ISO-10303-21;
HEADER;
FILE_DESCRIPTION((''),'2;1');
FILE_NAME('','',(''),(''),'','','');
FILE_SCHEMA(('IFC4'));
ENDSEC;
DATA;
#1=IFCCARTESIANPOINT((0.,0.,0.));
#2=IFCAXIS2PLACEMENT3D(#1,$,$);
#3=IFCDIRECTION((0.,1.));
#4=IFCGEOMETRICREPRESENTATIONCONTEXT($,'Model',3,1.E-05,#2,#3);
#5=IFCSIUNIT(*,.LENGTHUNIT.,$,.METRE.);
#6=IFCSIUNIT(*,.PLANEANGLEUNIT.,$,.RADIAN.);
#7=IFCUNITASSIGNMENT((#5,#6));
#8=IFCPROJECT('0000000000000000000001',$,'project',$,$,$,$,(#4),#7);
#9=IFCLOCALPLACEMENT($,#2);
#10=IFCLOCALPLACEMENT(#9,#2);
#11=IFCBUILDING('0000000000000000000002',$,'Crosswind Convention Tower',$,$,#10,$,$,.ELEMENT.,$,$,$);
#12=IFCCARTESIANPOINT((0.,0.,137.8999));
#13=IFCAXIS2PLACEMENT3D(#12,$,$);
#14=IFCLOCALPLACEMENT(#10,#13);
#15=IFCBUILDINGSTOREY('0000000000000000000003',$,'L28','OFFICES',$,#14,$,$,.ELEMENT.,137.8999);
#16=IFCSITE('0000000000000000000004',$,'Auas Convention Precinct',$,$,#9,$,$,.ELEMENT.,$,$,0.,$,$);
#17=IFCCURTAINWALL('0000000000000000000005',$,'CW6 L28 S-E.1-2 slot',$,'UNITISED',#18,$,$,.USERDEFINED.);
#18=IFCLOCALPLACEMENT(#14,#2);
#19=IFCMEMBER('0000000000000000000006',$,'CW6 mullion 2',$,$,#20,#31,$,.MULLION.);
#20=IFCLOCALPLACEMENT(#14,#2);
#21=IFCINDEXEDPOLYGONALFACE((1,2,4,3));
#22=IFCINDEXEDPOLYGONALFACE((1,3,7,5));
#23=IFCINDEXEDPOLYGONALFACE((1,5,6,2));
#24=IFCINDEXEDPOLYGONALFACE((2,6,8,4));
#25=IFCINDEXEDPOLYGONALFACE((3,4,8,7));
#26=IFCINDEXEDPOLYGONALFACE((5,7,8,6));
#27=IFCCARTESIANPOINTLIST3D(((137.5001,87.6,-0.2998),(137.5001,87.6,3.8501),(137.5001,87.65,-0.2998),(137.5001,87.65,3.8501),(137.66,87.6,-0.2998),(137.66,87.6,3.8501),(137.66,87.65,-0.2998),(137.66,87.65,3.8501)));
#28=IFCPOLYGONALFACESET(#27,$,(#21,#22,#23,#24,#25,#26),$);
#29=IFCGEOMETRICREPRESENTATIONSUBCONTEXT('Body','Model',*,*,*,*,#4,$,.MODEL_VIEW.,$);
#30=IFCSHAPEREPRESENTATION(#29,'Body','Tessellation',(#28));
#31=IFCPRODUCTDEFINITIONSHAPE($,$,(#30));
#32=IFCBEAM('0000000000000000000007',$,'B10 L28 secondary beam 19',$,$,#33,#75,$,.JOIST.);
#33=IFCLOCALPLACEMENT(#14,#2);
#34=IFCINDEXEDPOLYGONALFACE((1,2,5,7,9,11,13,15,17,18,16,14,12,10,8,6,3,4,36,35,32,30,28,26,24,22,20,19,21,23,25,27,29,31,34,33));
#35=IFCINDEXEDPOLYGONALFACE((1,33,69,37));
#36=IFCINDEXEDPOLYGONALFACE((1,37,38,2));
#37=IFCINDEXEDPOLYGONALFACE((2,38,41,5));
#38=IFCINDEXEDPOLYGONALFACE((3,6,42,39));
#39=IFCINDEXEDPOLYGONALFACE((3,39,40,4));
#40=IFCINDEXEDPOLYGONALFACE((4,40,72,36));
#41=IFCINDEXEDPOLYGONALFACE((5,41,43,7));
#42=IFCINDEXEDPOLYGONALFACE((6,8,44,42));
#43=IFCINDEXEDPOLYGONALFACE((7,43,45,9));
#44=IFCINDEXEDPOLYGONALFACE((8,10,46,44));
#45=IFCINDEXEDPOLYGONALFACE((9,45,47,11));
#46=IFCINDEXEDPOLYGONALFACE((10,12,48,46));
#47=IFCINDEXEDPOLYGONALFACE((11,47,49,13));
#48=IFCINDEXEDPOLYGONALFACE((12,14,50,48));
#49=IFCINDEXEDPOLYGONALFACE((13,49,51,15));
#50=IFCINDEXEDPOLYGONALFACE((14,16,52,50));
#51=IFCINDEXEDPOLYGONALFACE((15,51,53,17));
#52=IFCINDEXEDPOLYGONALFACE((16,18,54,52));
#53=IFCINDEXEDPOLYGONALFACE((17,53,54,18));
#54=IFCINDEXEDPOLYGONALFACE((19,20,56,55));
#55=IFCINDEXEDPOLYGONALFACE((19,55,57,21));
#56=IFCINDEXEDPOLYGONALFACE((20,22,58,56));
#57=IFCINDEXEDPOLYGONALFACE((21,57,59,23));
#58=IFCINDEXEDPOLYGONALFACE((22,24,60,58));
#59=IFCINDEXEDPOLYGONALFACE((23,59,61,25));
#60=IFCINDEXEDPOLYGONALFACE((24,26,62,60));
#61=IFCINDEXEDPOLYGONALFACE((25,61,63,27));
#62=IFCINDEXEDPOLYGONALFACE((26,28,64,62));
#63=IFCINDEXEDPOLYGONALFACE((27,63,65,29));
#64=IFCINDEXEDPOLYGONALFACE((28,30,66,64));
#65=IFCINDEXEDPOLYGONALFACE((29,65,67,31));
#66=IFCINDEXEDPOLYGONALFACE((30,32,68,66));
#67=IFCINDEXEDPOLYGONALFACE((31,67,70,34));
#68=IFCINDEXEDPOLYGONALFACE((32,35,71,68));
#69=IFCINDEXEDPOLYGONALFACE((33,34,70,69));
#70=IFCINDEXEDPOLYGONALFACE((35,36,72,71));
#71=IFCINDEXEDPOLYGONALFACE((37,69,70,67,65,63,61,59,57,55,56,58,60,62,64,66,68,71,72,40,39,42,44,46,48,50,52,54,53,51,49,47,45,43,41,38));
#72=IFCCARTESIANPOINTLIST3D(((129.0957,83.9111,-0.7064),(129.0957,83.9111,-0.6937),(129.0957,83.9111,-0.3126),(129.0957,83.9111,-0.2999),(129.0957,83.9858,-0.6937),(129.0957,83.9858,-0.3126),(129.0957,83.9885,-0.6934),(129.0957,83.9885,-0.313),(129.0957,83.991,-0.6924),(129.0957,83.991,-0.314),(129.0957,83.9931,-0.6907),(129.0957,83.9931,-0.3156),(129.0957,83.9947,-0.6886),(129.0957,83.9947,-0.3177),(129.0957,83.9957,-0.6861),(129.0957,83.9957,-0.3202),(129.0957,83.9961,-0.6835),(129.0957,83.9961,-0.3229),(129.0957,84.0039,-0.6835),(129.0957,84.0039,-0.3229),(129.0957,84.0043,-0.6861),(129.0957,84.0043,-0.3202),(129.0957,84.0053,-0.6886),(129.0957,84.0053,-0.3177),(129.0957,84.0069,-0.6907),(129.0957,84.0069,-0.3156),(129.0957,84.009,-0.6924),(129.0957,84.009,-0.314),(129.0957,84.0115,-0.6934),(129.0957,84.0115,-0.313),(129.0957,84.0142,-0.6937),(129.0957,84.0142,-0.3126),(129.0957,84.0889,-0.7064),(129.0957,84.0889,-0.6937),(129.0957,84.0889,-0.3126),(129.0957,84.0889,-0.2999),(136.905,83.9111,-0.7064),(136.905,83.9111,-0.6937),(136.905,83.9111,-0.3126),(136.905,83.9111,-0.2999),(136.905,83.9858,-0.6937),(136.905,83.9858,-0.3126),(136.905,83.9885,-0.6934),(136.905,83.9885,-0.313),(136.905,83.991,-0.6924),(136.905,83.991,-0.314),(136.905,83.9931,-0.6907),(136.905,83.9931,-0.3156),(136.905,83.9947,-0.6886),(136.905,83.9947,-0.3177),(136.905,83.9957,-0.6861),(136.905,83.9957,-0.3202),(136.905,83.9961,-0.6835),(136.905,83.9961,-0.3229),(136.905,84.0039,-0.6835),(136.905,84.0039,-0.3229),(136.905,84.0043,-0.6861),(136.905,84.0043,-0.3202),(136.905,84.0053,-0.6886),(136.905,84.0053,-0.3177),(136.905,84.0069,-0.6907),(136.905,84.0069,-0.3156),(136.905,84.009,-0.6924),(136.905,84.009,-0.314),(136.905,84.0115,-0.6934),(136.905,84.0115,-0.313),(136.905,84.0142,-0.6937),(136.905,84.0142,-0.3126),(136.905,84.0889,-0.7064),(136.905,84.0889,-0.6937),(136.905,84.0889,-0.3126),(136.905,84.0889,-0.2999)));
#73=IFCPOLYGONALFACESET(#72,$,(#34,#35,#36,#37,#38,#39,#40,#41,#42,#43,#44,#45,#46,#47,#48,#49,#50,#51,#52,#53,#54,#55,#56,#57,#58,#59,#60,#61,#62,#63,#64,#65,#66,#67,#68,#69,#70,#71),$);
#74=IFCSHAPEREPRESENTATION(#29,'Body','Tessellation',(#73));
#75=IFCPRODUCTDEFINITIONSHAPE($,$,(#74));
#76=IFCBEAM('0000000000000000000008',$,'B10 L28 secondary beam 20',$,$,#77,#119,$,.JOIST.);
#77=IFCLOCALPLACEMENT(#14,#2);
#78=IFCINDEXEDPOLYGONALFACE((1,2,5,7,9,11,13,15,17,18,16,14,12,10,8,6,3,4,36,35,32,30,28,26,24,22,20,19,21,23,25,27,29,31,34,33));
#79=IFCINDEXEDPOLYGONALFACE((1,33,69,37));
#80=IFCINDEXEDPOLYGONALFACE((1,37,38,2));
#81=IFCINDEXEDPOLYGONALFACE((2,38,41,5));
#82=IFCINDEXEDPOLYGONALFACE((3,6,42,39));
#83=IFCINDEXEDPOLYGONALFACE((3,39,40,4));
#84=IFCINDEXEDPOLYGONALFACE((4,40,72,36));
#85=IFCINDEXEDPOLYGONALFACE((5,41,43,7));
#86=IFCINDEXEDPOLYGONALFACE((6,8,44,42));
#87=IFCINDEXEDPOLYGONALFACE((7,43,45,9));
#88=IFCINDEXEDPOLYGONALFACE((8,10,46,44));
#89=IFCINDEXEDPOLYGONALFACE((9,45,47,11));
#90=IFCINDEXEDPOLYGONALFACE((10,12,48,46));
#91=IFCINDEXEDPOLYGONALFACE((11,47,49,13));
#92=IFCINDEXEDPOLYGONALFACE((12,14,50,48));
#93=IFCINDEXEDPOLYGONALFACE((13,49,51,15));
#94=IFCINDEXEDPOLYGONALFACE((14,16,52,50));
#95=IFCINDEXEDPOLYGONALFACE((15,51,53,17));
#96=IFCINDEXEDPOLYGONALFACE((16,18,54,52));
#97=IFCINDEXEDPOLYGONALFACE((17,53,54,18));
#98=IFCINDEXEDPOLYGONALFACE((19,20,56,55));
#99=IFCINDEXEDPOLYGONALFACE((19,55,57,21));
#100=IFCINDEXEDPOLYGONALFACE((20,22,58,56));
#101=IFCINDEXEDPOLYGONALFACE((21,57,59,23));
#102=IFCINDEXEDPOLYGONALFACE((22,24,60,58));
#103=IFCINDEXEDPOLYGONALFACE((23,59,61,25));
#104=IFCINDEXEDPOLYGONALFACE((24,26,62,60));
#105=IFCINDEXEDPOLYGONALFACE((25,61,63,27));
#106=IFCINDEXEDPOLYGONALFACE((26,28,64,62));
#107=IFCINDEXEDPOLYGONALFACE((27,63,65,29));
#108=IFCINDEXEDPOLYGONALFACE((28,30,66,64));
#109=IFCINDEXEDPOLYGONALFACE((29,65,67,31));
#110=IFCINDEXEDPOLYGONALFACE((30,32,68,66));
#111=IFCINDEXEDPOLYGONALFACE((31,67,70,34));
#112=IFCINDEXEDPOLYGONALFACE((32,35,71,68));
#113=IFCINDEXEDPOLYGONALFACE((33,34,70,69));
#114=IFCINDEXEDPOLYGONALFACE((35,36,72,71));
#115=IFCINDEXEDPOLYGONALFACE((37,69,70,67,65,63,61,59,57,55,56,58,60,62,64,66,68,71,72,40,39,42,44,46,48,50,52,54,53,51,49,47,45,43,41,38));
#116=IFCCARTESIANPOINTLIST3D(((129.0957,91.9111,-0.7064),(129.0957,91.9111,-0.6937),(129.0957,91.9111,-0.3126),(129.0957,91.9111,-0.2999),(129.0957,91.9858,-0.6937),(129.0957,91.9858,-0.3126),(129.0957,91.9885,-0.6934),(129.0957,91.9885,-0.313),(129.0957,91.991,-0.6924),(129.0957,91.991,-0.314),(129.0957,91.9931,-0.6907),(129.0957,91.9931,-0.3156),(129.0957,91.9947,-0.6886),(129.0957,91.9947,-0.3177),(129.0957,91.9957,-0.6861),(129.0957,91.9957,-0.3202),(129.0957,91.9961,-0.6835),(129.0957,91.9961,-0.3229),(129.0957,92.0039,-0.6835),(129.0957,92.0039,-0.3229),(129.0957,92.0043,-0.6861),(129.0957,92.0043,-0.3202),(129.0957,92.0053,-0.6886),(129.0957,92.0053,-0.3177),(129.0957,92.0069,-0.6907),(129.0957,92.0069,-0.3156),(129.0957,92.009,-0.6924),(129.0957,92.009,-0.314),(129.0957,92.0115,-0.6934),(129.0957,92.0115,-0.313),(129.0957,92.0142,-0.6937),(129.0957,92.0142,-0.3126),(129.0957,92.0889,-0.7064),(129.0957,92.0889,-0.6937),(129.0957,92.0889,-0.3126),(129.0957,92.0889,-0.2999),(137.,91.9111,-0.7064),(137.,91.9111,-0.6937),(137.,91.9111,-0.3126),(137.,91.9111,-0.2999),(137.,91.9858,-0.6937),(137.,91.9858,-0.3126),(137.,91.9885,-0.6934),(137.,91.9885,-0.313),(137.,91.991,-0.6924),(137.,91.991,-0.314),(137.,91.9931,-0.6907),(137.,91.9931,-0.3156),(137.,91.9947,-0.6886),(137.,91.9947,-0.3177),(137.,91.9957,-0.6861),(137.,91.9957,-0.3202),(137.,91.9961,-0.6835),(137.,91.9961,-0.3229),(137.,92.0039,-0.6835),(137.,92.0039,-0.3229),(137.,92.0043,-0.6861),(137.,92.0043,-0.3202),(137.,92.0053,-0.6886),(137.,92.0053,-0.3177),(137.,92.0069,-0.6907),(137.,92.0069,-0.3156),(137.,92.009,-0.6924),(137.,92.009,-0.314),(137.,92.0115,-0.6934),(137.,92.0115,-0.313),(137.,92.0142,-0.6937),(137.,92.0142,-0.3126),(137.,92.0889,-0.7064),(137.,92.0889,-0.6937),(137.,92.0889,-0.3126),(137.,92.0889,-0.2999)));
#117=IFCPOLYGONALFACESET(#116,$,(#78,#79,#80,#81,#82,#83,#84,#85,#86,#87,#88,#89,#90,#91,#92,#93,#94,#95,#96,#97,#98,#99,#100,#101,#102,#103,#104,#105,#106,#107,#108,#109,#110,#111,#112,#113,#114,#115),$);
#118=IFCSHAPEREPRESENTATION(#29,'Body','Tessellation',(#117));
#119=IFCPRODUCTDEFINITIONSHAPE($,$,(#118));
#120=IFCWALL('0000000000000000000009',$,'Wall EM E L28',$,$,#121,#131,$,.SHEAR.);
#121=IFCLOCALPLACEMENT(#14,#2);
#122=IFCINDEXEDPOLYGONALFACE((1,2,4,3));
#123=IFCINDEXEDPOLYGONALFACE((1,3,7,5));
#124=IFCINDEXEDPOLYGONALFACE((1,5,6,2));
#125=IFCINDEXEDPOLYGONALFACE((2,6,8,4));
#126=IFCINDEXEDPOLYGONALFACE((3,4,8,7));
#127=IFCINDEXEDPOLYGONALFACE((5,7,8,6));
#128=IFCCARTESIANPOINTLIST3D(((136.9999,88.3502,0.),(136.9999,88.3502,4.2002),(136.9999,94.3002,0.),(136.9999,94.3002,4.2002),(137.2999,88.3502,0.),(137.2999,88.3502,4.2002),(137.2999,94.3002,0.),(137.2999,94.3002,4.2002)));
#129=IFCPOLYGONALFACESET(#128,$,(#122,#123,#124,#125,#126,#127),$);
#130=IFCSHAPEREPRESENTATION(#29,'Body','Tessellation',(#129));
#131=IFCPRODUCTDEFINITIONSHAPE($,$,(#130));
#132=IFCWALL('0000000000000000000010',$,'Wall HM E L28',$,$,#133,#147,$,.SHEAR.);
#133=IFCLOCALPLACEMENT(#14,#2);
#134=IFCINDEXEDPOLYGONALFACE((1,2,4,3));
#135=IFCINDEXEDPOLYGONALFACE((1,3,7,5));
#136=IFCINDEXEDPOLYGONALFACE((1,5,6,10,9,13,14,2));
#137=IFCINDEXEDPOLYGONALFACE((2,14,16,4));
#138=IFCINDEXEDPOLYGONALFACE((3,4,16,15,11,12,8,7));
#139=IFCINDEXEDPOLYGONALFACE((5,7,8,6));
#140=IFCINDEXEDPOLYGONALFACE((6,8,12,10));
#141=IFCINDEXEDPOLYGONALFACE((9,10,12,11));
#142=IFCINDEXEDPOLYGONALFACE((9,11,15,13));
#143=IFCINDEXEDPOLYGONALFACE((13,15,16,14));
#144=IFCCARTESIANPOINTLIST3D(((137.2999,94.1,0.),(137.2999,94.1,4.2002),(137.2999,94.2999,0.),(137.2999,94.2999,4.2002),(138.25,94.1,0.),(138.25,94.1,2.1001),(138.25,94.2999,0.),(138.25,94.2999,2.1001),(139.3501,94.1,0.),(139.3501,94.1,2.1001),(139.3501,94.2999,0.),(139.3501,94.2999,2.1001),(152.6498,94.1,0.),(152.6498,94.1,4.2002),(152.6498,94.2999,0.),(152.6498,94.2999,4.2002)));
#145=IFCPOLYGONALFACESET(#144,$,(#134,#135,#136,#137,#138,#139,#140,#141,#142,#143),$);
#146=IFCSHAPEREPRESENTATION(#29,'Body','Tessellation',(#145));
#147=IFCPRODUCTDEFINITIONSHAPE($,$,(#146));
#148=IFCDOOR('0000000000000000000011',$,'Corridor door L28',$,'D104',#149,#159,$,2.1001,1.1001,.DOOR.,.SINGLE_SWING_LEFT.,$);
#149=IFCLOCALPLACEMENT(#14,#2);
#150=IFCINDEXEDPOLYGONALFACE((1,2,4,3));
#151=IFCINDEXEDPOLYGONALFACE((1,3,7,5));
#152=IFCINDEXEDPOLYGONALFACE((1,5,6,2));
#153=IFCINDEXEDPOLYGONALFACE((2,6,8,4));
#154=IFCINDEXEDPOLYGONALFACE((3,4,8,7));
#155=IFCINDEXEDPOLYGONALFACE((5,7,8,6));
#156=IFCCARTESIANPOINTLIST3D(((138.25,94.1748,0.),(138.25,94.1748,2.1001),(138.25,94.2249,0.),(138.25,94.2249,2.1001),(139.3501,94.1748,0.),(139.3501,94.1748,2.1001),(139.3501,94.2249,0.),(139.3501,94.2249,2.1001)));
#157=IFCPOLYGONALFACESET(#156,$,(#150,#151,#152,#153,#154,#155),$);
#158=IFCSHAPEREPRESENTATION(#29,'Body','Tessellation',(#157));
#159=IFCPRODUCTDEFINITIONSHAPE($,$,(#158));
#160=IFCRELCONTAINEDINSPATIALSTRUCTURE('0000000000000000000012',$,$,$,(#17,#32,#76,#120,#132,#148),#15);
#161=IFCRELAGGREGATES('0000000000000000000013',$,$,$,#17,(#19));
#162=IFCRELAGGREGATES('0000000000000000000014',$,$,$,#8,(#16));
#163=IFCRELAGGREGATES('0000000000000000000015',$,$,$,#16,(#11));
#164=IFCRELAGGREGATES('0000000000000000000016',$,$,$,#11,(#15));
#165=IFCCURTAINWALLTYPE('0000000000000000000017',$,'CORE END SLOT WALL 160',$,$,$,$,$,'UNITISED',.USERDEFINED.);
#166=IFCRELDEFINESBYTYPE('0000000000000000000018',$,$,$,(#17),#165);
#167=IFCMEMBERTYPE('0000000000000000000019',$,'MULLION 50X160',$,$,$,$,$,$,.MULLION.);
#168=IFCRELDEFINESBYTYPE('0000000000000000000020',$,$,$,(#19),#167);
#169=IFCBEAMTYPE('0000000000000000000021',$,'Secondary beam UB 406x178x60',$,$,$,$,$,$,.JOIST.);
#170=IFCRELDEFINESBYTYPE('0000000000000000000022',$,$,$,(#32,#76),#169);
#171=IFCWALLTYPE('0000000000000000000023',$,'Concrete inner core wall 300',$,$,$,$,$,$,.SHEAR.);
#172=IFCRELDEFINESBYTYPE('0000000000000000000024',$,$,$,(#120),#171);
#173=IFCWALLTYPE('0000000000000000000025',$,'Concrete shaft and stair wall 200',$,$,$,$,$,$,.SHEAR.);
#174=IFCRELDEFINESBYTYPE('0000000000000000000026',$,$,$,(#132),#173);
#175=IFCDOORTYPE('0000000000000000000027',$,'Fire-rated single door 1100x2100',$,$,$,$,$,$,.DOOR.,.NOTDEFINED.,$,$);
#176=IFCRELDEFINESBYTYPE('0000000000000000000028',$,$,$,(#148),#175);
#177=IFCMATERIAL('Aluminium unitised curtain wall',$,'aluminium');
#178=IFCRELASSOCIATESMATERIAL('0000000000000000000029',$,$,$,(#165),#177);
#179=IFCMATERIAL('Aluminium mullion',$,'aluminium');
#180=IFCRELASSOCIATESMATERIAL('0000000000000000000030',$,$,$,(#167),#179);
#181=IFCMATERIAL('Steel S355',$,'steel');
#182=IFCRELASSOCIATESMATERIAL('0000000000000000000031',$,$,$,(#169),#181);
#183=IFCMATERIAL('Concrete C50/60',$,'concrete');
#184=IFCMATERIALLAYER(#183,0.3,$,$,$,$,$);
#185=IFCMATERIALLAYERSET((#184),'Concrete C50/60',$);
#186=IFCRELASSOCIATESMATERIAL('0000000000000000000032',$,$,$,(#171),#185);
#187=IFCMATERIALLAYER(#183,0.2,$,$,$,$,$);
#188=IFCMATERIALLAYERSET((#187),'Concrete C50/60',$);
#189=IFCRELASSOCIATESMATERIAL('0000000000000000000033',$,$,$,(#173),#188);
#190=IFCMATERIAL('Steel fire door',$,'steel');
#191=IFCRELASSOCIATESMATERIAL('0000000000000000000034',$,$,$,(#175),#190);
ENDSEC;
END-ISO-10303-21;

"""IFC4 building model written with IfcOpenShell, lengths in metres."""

from ifc_helpers import new_model, si_unit, direction, frame, frame_2d, origin, origin_2d, place, context, subcontext, project, spatial, rectangle, i_section, extrude, material, layer, layer_set, material_profile, profile_set, type_object, element, fill, aggregate, save


model = new_model("IFC4")

# Units and contexts
model_context = context("Model", 3, precision=1e-05, world=origin(), true_north=direction((0.0, 1.0)))
body_context = subcontext(model_context, "Body", "Model", "MODEL_VIEW")
ifc_project = project(units=[si_unit("LENGTHUNIT", "METRE"), si_unit("PLANEANGLEUNIT", "RADIAN")], contexts=[model_context])

# Site, building, storey
site_placement = place(None, origin())
site = spatial("IfcSite", under=ifc_project, at=site_placement, Name="Auas Convention Precinct", CompositionType="ELEMENT", RefElevation=0.0)
building_placement = place(site_placement, origin())
building = spatial("IfcBuilding", under=site, at=building_placement, Name="Crosswind Convention Tower", CompositionType="ELEMENT")
storey_placement = place(building_placement, frame((0.0, 0.0, 137.8999)))
storey = spatial("IfcBuildingStorey", under=building, at=storey_placement, Name="L28", Description="OFFICES", CompositionType="ELEMENT", Elevation=137.8999)

# Shared definitions
ifc_material_1 = material(Name="Steel S355", Category="steel")

# Curtain wall, member
ifc_material_2 = material(Name="Aluminium unitised curtain wall", Category="aluminium")
curtain_wall_type = type_object("IfcCurtainWallType", Name="CORE END SLOT WALL 160", ElementType="UNITISED", PredefinedType="USERDEFINED", material=ifc_material_2)
curtain_wall_placement = place(storey_placement, origin())
curtain_wall = element("IfcCurtainWall", 1, at=curtain_wall_placement, inside=storey, type_object=curtain_wall_type, Name="CW6 L28 S-E.1-2 slot", ObjectType="UNITISED", PredefinedType="USERDEFINED")
ifc_material_3 = material(Name="Aluminium mullion", Category="aluminium")
ifc_material_profile_1 = material_profile(ifc_material_3, rectangle(XDim=0.1599, YDim=0.05, at=origin_2d()), Name="AL 160X50")
ifc_profile_set_1 = profile_set([ifc_material_profile_1], Name="Aluminium mullion")
member_type = type_object("IfcMemberType", Name="MULLION 50X160", PredefinedType="MULLION", material=ifc_profile_set_1)
member_placement = place(storey_placement, frame((137.5801, 87.625, -0.2998), z_axis=(0.0, 0.0, 1.0), x_axis=(1.0, 0.0, 0.0)))
member = element("IfcMember", 2, at=member_placement, type_object=member_type, Name="CW6 mullion 2", PredefinedType="MULLION", context=body_context, shape_type="SweptSolid", body=[
    extrude(rectangle(XDim=0.1599, YDim=0.05, at=origin_2d()), origin(), (0.0, 0.0, 1.0), 4.1499),
])
aggregate(curtain_wall, [member])

# Beams
ifc_material_profile_2 = material_profile(ifc_material_1, i_section(OverallWidth=0.1777, OverallDepth=0.4065, WebThickness=0.0078, FlangeThickness=0.0127, FilletRadius=0.0103, at=origin_2d()), Name="UB 406x178x60")
ifc_profile_set_2 = profile_set([ifc_material_profile_2], Name="Steel S355")
beam_type_1 = type_object("IfcBeamType", Name="Secondary beam UB 406x178x60", PredefinedType="JOIST", material=ifc_profile_set_2)
beam_1_placement = place(storey_placement, frame((129.0957, 84.0, -0.5032), z_axis=(1.0, 0.0, 0.0), x_axis=(0.0, 1.0, 0.0)))
element("IfcBeam", 3, at=beam_1_placement, inside=storey, type_object=beam_type_1, Name="B10 L28 secondary beam 19", PredefinedType="JOIST", context=body_context, shape_type="SweptSolid", body=[
    extrude(i_section(OverallWidth=0.1777, OverallDepth=0.4065, WebThickness=0.0078, FlangeThickness=0.0127, FilletRadius=0.0103, at=origin_2d()), origin(), (0.0, 0.0, 1.0), 7.8093),
])
beam_2_placement = place(storey_placement, frame((129.0957, 92.0, -0.5032), z_axis=(1.0, 0.0, 0.0), x_axis=(0.0, 1.0, 0.0)))
element("IfcBeam", 4, at=beam_2_placement, inside=storey, type_object=beam_type_1, Name="B10 L28 secondary beam 20", PredefinedType="JOIST", context=body_context, shape_type="SweptSolid", body=[
    extrude(i_section(OverallWidth=0.1777, OverallDepth=0.4065, WebThickness=0.0078, FlangeThickness=0.0127, FilletRadius=0.0103, at=origin_2d()), origin(), (0.0, 0.0, 1.0), 7.9043),
])

# Shared definitions
ifc_material_4 = material(Name="Concrete C50/60", Category="concrete")
ifc_layer_1 = layer(ifc_material_4, 0.3)
ifc_layer_set_1 = layer_set([ifc_layer_1], Name="Concrete C50/60")
wall_type_1 = type_object("IfcWallType", Name="Concrete inner core wall 300", PredefinedType="SHEAR", material=ifc_layer_set_1)

# Wall
wall_1_placement = place(storey_placement, frame((137.1499, 88.3501, 0.0), z_axis=(0.0, 0.0, 1.0), x_axis=(0.0, 1.0, 0.0)))
element("IfcWall", 5, at=wall_1_placement, inside=storey, type_object=wall_type_1, Name="Wall EM E L28", PredefinedType="SHEAR", context=body_context, shape_type="SweptSolid", body=[
    extrude(rectangle(XDim=5.95, YDim=0.3, at=frame_2d((2.9751, 0.0))), origin(), (0.0, 0.0, 1.0), 4.2002),
])

# Wall, opening, door
ifc_layer_2 = layer(ifc_material_4, 0.2)
ifc_layer_set_2 = layer_set([ifc_layer_2], Name="Concrete C50/60")
wall_type_2 = type_object("IfcWallType", Name="Concrete shaft and stair wall 200", PredefinedType="SHEAR", material=ifc_layer_set_2)
wall_2_placement = place(storey_placement, frame((137.3, 94.2, 0.0), z_axis=(0.0, 0.0, 1.0), x_axis=(1.0, 0.0, 0.0)))
wall_2 = element("IfcWall", 6, at=wall_2_placement, inside=storey, type_object=wall_type_2, Name="Wall HM E L28", PredefinedType="SHEAR", context=body_context, shape_type="SweptSolid", body=[
    extrude(rectangle(XDim=15.3499, YDim=0.2, at=frame_2d((7.6748, 0.0))), origin(), (0.0, 0.0, 1.0), 4.2002),
])
opening_1_placement = place(wall_2_placement, frame((0.95, 0.0, 0.0)))
opening_1 = element("IfcOpeningElement", 7, at=opening_1_placement, cuts=wall_2, PredefinedType="OPENING", context=body_context, shape_type="SweptSolid", body=[
    extrude(rectangle(XDim=1.1001, YDim=2.1001, at=frame_2d((0.55, 1.05))), frame((0.0, 0.1099, 0.0), z_axis=(0.0, -1.0, 0.0), x_axis=(1.0, 0.0, 0.0)), (0.0, 0.0, 1.0), 0.22),
])
ifc_material_5 = material(Name="Steel fire door", Category="steel")
door_type_1 = type_object("IfcDoorType", Name="Fire-rated single door 1100x2100", OperationType="NOTDEFINED", PredefinedType="DOOR", material=ifc_material_5)
door_1_placement = place(opening_1_placement, origin())
door_1 = element("IfcDoor", 8, at=door_1_placement, inside=storey, type_object=door_type_1, Name="Corridor door L28", ObjectType="D104", OperationType="SINGLE_SWING_LEFT", OverallHeight=2.1001, OverallWidth=1.1001, PredefinedType="DOOR", context=body_context, shape_type="SweptSolid", body=[
    extrude(rectangle(XDim=1.1001, YDim=2.1001, at=frame_2d((0.55, 1.05))), frame((0.0, 0.0249, 0.0), z_axis=(0.0, -1.0, 0.0), x_axis=(1.0, 0.0, 0.0)), (0.0, 0.0, 1.0), 0.05),
])
fill(opening_1, door_1)

save(model, "model.ifc")
